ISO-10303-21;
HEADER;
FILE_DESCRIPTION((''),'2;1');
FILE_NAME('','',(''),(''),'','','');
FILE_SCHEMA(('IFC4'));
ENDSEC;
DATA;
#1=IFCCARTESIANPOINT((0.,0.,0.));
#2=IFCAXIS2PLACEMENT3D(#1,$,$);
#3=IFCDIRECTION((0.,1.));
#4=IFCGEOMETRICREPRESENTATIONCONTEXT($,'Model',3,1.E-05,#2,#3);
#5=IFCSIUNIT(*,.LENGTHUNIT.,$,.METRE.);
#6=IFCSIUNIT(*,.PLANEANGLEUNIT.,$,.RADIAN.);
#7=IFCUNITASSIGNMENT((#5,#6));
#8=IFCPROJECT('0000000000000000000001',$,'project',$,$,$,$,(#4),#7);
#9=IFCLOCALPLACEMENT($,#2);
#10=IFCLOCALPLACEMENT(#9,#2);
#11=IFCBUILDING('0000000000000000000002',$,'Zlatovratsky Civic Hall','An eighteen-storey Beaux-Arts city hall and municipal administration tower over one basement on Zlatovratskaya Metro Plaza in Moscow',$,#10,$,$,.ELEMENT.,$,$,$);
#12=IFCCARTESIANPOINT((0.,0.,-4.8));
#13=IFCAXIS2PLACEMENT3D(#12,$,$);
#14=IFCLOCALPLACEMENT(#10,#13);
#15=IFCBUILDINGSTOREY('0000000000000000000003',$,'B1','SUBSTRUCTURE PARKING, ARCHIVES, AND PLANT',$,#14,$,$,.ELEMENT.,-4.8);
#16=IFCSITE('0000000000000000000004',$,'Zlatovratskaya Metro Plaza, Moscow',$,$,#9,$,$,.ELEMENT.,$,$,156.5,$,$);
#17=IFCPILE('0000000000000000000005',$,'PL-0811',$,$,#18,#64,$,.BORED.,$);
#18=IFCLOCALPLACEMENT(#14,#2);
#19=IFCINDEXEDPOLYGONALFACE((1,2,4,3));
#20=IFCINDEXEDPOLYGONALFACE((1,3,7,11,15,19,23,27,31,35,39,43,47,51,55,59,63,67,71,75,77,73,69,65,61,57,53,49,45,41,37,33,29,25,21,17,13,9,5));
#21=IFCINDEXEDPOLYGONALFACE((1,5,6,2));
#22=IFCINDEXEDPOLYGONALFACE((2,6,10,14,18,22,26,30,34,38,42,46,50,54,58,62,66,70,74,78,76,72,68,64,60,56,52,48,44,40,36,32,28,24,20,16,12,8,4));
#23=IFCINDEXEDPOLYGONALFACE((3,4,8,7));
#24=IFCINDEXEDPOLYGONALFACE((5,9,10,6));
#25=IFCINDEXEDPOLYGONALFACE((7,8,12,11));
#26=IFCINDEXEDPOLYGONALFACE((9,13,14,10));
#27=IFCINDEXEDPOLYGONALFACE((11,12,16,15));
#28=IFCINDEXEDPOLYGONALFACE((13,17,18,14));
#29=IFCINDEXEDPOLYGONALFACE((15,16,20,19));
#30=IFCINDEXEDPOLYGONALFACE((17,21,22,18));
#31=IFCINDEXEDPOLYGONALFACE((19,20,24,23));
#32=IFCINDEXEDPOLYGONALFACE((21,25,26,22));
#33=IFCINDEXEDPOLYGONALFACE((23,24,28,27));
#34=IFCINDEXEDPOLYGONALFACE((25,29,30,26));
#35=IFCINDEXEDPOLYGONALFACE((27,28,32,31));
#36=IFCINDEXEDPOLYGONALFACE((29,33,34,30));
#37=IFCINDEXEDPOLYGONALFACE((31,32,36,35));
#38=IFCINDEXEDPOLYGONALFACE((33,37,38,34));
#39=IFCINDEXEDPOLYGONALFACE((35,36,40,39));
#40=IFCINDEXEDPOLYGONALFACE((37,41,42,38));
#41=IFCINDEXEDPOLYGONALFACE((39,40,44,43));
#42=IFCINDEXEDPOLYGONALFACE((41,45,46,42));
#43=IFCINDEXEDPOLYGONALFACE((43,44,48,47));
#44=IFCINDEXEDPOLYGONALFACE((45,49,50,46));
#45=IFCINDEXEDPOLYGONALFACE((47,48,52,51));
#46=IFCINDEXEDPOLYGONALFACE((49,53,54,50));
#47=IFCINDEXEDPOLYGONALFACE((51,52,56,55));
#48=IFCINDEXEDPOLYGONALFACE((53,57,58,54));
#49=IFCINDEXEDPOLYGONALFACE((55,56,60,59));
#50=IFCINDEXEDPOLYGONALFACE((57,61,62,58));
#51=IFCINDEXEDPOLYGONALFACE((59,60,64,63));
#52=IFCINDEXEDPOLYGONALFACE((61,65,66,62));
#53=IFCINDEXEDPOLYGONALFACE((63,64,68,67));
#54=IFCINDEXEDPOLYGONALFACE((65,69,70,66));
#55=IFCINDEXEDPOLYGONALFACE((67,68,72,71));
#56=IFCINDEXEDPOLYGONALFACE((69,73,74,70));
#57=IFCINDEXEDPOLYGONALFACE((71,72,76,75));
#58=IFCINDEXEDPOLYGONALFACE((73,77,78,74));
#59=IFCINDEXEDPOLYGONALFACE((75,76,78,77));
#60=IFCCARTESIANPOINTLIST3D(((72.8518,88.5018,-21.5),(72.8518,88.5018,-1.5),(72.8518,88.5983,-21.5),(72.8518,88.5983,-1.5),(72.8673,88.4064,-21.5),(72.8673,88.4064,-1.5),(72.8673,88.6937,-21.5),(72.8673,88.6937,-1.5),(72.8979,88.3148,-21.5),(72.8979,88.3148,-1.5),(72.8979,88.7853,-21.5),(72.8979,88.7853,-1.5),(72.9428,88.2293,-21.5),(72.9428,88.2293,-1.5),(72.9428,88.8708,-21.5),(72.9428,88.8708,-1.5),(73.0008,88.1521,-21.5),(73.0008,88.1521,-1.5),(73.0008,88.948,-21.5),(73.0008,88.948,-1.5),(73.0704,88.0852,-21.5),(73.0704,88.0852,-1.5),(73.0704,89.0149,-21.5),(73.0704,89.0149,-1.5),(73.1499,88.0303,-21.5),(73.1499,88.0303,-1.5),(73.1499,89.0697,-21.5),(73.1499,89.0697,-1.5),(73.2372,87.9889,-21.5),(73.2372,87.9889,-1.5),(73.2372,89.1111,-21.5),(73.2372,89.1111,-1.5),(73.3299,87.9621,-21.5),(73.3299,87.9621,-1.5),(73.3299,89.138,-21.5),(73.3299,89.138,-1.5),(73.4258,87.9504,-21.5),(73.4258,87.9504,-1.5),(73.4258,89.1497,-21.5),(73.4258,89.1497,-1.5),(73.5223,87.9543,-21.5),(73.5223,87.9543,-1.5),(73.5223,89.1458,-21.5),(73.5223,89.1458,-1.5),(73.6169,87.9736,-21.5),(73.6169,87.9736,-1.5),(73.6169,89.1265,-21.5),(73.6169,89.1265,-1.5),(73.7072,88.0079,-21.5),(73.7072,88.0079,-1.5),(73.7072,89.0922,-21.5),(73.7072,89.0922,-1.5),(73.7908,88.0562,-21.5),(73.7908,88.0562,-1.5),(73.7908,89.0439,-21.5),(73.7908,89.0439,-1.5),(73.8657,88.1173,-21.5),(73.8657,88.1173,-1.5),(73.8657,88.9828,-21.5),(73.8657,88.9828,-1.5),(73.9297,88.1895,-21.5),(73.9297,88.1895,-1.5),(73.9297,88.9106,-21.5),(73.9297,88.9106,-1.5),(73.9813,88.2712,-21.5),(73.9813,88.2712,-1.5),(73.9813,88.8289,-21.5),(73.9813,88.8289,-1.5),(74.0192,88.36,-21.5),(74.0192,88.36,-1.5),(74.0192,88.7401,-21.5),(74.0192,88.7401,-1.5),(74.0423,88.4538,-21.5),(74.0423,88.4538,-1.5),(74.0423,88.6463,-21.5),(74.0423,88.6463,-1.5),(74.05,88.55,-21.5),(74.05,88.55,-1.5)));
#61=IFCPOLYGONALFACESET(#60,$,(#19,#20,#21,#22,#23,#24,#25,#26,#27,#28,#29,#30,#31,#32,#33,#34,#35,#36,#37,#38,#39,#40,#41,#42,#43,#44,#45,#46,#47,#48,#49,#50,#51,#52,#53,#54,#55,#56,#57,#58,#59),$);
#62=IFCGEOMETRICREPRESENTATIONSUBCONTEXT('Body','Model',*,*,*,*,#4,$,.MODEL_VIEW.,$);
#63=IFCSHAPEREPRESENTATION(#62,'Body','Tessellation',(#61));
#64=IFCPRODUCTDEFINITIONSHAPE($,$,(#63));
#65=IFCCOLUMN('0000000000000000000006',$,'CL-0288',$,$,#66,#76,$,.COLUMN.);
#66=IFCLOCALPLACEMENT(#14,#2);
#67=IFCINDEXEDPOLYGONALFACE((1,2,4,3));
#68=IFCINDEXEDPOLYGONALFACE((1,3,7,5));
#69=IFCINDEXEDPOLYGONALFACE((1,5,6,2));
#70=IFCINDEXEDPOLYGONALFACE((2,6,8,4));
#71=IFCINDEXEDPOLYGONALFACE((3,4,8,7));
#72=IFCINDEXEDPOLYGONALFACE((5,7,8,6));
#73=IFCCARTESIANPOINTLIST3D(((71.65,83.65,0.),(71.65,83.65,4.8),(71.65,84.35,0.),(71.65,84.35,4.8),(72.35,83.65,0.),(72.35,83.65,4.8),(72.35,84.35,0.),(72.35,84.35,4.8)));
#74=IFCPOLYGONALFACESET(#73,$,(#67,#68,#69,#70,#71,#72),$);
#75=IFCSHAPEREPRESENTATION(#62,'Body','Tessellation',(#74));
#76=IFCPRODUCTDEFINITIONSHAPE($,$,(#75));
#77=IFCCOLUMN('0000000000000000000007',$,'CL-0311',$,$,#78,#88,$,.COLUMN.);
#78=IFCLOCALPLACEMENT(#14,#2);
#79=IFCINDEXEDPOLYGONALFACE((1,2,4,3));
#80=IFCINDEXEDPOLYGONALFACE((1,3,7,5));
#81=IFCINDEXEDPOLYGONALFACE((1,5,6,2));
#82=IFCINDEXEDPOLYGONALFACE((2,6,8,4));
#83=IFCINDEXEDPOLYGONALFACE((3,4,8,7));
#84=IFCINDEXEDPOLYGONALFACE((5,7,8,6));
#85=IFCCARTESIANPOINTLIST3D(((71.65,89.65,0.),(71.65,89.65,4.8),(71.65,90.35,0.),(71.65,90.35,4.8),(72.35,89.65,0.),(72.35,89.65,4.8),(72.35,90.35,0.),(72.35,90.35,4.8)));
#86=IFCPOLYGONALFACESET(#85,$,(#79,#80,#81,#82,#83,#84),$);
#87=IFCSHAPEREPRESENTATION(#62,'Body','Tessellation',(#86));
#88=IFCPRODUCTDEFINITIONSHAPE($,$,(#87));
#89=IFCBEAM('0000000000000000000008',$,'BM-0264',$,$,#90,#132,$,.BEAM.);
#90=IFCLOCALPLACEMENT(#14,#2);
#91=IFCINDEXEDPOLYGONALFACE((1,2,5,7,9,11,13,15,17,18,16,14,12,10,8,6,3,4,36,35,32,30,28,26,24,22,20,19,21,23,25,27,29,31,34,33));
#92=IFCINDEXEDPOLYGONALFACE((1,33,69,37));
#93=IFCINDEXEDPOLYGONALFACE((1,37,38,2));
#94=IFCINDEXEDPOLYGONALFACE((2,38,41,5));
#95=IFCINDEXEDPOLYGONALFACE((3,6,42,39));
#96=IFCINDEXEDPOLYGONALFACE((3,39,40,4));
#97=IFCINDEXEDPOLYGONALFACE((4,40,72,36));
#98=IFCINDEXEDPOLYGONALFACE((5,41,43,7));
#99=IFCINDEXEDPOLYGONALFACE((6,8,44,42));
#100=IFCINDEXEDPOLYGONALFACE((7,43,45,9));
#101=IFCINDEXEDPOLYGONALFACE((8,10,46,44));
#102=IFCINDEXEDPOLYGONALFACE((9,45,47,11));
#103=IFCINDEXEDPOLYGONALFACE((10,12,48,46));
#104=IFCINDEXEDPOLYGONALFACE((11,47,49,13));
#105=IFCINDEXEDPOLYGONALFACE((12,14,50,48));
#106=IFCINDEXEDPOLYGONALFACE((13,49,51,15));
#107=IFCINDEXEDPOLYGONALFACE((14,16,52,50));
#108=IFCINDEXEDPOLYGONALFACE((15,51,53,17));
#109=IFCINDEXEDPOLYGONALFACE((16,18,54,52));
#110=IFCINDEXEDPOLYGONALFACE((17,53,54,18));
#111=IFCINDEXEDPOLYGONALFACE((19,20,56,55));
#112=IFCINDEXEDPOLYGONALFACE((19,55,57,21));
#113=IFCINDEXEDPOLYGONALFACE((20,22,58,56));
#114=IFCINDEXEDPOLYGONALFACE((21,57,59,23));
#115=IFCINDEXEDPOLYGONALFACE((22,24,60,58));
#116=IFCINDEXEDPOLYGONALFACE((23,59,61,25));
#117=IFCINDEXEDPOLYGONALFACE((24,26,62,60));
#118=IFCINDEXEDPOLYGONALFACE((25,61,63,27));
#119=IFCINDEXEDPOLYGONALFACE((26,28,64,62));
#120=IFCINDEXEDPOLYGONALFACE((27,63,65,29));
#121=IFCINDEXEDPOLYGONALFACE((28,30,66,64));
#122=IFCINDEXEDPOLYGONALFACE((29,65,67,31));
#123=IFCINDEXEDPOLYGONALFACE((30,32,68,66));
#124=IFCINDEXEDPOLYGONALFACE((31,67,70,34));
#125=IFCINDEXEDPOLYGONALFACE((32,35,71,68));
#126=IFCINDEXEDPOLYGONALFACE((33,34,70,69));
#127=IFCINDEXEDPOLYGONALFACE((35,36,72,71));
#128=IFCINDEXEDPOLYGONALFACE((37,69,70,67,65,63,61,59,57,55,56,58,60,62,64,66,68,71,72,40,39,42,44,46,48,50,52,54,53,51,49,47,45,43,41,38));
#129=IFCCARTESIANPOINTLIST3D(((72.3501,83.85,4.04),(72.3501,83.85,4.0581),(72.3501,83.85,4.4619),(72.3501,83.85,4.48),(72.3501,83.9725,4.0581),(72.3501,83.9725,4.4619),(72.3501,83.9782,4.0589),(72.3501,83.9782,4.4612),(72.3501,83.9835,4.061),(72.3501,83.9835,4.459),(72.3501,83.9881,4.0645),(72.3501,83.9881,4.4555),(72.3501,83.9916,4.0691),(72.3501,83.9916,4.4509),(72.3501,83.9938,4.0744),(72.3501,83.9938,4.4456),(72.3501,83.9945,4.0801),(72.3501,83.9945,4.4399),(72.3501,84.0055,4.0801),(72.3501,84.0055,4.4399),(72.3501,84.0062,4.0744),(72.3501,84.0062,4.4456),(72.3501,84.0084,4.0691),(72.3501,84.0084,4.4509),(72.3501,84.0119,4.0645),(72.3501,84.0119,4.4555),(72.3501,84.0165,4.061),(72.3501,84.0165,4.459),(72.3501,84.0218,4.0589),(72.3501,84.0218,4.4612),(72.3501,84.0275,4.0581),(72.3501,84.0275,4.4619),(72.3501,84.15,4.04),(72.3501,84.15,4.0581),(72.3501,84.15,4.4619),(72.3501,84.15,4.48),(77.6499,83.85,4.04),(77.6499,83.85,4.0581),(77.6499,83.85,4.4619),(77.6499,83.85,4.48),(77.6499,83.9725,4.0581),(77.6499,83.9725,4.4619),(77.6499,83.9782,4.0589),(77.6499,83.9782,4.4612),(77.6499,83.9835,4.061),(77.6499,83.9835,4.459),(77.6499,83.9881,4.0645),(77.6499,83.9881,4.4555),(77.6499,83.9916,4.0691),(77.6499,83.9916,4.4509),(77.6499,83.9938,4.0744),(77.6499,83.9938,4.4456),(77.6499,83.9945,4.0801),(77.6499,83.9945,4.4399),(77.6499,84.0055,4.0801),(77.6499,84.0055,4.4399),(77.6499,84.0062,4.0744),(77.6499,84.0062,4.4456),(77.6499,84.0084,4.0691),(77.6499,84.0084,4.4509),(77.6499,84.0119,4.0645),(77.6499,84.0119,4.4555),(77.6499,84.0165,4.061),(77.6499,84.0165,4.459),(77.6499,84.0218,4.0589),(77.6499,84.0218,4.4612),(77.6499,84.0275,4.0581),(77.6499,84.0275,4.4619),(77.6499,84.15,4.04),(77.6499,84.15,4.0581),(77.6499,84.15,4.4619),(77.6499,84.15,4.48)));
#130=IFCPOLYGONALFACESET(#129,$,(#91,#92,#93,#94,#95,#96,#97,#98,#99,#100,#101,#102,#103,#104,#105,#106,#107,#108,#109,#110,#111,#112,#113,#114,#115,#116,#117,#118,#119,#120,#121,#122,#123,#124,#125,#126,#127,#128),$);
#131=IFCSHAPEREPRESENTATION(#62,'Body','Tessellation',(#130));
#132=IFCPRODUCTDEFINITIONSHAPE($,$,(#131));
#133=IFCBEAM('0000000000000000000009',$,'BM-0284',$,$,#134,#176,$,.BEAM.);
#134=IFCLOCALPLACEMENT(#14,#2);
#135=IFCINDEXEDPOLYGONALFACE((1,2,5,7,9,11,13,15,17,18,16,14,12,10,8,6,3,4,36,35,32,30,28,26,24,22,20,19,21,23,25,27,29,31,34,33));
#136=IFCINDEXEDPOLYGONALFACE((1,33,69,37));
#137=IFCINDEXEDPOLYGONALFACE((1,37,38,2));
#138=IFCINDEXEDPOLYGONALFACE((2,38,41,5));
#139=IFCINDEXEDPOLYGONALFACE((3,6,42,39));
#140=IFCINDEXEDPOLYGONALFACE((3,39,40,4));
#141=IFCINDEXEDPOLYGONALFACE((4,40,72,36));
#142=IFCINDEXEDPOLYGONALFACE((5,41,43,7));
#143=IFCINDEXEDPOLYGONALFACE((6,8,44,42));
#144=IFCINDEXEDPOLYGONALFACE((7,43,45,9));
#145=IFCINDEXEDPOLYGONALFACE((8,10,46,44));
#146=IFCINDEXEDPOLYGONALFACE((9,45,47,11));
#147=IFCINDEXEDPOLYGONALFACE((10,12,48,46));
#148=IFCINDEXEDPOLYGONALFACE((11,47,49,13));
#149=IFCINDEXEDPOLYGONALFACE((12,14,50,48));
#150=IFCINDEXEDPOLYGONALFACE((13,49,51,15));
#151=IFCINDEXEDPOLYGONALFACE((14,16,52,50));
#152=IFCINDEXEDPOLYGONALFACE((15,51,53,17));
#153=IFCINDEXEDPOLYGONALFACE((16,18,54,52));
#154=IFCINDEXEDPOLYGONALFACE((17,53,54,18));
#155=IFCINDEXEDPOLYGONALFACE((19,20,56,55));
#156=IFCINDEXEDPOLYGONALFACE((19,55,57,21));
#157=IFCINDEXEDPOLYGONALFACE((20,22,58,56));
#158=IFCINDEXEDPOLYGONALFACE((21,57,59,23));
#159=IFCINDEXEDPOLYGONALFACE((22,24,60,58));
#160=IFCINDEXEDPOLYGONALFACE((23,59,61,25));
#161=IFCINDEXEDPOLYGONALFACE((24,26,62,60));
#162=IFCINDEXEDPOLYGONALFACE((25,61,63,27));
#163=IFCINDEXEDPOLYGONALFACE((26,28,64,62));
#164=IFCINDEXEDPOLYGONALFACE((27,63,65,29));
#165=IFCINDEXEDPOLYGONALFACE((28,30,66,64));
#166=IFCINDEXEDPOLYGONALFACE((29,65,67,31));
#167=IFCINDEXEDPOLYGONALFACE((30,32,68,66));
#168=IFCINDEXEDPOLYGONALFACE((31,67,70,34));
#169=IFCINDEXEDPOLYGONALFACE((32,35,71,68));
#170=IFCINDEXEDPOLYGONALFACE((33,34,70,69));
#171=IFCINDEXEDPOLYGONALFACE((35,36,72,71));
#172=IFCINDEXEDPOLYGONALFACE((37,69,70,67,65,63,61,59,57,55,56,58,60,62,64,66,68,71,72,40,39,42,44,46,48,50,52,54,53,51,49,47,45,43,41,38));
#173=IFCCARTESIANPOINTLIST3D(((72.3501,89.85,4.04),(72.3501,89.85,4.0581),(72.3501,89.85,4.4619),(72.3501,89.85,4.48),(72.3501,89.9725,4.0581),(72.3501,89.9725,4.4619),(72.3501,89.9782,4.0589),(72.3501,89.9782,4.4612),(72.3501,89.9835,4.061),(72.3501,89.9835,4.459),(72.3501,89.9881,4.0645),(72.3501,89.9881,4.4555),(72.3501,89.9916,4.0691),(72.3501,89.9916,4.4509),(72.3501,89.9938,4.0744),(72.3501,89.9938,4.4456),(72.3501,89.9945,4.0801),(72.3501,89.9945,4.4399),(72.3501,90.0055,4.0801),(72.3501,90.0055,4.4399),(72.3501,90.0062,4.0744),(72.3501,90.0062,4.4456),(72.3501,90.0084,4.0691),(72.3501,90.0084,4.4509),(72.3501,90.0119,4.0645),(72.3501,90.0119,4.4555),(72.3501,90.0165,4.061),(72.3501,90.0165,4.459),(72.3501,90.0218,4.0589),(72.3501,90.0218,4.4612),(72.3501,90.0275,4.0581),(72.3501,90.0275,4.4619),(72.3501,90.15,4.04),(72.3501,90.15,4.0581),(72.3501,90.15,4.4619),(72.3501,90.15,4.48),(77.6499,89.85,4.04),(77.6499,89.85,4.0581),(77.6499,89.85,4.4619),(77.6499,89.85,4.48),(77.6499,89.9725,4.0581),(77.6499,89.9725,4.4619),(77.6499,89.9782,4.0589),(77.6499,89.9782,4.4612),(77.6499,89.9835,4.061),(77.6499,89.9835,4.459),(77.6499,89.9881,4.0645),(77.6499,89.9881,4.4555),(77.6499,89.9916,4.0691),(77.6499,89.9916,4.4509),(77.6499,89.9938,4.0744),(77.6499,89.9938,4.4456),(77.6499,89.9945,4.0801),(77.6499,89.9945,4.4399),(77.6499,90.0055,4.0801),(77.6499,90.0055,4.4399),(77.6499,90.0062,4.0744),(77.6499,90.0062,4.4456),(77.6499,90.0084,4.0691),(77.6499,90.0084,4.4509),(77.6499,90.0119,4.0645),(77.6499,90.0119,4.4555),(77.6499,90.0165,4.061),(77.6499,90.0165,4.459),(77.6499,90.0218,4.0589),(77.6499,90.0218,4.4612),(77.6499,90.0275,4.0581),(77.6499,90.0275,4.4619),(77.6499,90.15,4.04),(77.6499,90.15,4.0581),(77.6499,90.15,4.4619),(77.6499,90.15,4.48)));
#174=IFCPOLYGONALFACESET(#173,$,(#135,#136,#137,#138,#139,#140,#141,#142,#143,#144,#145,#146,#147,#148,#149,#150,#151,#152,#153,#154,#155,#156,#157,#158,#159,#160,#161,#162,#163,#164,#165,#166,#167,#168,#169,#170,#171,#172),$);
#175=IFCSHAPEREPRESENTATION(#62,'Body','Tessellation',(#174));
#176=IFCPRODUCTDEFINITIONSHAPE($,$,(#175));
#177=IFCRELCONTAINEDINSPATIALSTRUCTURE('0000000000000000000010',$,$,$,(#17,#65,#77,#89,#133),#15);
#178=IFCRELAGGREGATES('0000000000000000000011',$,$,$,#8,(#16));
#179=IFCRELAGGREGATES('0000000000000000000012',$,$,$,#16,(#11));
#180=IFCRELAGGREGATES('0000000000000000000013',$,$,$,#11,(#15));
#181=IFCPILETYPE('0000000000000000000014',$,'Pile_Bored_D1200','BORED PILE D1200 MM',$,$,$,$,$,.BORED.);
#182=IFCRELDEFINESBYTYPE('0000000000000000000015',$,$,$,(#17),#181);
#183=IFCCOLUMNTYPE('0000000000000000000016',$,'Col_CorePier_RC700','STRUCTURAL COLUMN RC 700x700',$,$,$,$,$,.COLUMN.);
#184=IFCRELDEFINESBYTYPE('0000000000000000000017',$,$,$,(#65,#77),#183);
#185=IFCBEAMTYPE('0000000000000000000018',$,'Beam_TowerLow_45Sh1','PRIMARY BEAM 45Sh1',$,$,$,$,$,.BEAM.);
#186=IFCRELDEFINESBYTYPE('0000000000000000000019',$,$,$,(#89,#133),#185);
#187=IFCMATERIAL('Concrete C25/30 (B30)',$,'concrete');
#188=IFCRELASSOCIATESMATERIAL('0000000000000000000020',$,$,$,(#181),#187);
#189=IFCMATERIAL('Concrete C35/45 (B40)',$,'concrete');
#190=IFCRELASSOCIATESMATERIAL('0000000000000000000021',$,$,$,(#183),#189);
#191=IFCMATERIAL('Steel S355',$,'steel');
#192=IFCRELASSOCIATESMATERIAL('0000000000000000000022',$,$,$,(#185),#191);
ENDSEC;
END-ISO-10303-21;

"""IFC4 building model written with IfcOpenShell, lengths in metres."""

from ifc_helpers import new_model, si_unit, direction, frame, origin, origin_2d, place, context, subcontext, project, spatial, rectangle, circle, i_section, extrude, material, material_profile, profile_set, type_object, element, save


model = new_model("IFC4")

# Units and contexts
model_context = context("Model", 3, precision=1e-05, world=origin(), true_north=direction((0.0, 1.0)))
body_context = subcontext(model_context, "Body", "Model", "MODEL_VIEW")
ifc_project = project(units=[si_unit("LENGTHUNIT", "METRE"), si_unit("PLANEANGLEUNIT", "RADIAN")], contexts=[model_context])

# Site, building, storey
site_placement = place(None, origin())
site = spatial("IfcSite", under=ifc_project, at=site_placement, Name="Zlatovratskaya Metro Plaza, Moscow", CompositionType="ELEMENT", RefElevation=156.5)
building_placement = place(site_placement, origin())
building = spatial("IfcBuilding", under=site, at=building_placement, Name="Zlatovratsky Civic Hall", Description="An eighteen-storey Beaux-Arts city hall and municipal administration tower over one basement on Zlatovratskaya Metro Plaza in Moscow", CompositionType="ELEMENT")
storey_placement = place(building_placement, frame((0.0, 0.0, -4.8)))
storey = spatial("IfcBuildingStorey", under=building, at=storey_placement, Name="B1", Description="SUBSTRUCTURE PARKING, ARCHIVES, AND PLANT", CompositionType="ELEMENT", Elevation=-4.8)

# Shared definitions
ifc_material_1 = material(Name="Concrete C25/30 (B30)", Category="concrete")

# Pile
ifc_material_profile_1 = material_profile(ifc_material_1, circle(Radius=0.6001, at=origin_2d()), Name="PILE D1200")
ifc_profile_set_1 = profile_set([ifc_material_profile_1], Name="Concrete C25/30 (B30)")
pile_type = type_object("IfcPileType", Name="Pile_Bored_D1200", Description="BORED PILE D1200 MM", PredefinedType="BORED", material=ifc_profile_set_1)
for number, where, z_axis, x_axis, name in (
    (1, (73.45, 88.55, -1.5), (0.0, 0.0, -1.0), (1.0, 0.0, 0.0), "PL-0811"),
):
    element("IfcPile", number, at=place(storey_placement, frame(where, z_axis=z_axis, x_axis=x_axis)), inside=storey, type_object=pile_type, Name=name, PredefinedType="BORED", context=body_context, shape_type="SweptSolid", body=[
        extrude(circle(Radius=0.6001, at=origin_2d()), origin(), (0.0, 0.0, 1.0), 20.0),
    ])

# Columns
ifc_material_2 = material(Name="Concrete C35/45 (B40)", Category="concrete")
ifc_material_profile_2 = material_profile(ifc_material_2, rectangle(XDim=0.7, YDim=0.7, at=origin_2d()), Name="RC 700x700")
ifc_profile_set_2 = profile_set([ifc_material_profile_2], Name="Concrete C35/45 (B40)")
column_type = type_object("IfcColumnType", Name="Col_CorePier_RC700", Description="STRUCTURAL COLUMN RC 700x700", PredefinedType="COLUMN", material=ifc_profile_set_2)
for number, where, z_axis, x_axis, name in (
    (2, (72.0, 84.0, 0.0), (0.0, 0.0, 1.0), (1.0, 0.0, 0.0), "CL-0288"),
    (3, (72.0, 90.0, 0.0), (0.0, 0.0, 1.0), (1.0, 0.0, 0.0), "CL-0311"),
):
    element("IfcColumn", number, at=place(storey_placement, frame(where, z_axis=z_axis, x_axis=x_axis)), inside=storey, type_object=column_type, Name=name, PredefinedType="COLUMN", context=body_context, shape_type="SweptSolid", body=[
        extrude(rectangle(XDim=0.7, YDim=0.7, at=origin_2d()), origin(), (0.0, 0.0, 1.0), 4.8),
    ])

# Beams
ifc_material_3 = material(Name="Steel S355", Category="steel")
ifc_material_profile_3 = material_profile(ifc_material_3, i_section(OverallWidth=0.3, OverallDepth=0.4399, WebThickness=0.011, FlangeThickness=0.0181, FilletRadius=0.022, at=origin_2d()), Name="45Sh1")
ifc_profile_set_3 = profile_set([ifc_material_profile_3], Name="Steel S355")
beam_type = type_object("IfcBeamType", Name="Beam_TowerLow_45Sh1", Description="PRIMARY BEAM 45Sh1", PredefinedType="BEAM", material=ifc_profile_set_3)
for number, where, z_axis, x_axis, name in (
    (4, (72.3501, 84.0, 4.26), (1.0, 0.0, 0.0), (0.0, 1.0, 0.0), "BM-0264"),
    (5, (72.3501, 90.0, 4.26), (1.0, 0.0, 0.0), (0.0, 1.0, 0.0), "BM-0284"),
):
    element("IfcBeam", number, at=place(storey_placement, frame(where, z_axis=z_axis, x_axis=x_axis)), inside=storey, type_object=beam_type, Name=name, PredefinedType="BEAM", context=body_context, shape_type="SweptSolid", body=[
        extrude(i_section(OverallWidth=0.3, OverallDepth=0.4399, WebThickness=0.011, FlangeThickness=0.0181, FilletRadius=0.022, at=origin_2d()), origin(), (0.0, 0.0, 1.0), 5.2998),
    ])

save(model, "model.ifc")
